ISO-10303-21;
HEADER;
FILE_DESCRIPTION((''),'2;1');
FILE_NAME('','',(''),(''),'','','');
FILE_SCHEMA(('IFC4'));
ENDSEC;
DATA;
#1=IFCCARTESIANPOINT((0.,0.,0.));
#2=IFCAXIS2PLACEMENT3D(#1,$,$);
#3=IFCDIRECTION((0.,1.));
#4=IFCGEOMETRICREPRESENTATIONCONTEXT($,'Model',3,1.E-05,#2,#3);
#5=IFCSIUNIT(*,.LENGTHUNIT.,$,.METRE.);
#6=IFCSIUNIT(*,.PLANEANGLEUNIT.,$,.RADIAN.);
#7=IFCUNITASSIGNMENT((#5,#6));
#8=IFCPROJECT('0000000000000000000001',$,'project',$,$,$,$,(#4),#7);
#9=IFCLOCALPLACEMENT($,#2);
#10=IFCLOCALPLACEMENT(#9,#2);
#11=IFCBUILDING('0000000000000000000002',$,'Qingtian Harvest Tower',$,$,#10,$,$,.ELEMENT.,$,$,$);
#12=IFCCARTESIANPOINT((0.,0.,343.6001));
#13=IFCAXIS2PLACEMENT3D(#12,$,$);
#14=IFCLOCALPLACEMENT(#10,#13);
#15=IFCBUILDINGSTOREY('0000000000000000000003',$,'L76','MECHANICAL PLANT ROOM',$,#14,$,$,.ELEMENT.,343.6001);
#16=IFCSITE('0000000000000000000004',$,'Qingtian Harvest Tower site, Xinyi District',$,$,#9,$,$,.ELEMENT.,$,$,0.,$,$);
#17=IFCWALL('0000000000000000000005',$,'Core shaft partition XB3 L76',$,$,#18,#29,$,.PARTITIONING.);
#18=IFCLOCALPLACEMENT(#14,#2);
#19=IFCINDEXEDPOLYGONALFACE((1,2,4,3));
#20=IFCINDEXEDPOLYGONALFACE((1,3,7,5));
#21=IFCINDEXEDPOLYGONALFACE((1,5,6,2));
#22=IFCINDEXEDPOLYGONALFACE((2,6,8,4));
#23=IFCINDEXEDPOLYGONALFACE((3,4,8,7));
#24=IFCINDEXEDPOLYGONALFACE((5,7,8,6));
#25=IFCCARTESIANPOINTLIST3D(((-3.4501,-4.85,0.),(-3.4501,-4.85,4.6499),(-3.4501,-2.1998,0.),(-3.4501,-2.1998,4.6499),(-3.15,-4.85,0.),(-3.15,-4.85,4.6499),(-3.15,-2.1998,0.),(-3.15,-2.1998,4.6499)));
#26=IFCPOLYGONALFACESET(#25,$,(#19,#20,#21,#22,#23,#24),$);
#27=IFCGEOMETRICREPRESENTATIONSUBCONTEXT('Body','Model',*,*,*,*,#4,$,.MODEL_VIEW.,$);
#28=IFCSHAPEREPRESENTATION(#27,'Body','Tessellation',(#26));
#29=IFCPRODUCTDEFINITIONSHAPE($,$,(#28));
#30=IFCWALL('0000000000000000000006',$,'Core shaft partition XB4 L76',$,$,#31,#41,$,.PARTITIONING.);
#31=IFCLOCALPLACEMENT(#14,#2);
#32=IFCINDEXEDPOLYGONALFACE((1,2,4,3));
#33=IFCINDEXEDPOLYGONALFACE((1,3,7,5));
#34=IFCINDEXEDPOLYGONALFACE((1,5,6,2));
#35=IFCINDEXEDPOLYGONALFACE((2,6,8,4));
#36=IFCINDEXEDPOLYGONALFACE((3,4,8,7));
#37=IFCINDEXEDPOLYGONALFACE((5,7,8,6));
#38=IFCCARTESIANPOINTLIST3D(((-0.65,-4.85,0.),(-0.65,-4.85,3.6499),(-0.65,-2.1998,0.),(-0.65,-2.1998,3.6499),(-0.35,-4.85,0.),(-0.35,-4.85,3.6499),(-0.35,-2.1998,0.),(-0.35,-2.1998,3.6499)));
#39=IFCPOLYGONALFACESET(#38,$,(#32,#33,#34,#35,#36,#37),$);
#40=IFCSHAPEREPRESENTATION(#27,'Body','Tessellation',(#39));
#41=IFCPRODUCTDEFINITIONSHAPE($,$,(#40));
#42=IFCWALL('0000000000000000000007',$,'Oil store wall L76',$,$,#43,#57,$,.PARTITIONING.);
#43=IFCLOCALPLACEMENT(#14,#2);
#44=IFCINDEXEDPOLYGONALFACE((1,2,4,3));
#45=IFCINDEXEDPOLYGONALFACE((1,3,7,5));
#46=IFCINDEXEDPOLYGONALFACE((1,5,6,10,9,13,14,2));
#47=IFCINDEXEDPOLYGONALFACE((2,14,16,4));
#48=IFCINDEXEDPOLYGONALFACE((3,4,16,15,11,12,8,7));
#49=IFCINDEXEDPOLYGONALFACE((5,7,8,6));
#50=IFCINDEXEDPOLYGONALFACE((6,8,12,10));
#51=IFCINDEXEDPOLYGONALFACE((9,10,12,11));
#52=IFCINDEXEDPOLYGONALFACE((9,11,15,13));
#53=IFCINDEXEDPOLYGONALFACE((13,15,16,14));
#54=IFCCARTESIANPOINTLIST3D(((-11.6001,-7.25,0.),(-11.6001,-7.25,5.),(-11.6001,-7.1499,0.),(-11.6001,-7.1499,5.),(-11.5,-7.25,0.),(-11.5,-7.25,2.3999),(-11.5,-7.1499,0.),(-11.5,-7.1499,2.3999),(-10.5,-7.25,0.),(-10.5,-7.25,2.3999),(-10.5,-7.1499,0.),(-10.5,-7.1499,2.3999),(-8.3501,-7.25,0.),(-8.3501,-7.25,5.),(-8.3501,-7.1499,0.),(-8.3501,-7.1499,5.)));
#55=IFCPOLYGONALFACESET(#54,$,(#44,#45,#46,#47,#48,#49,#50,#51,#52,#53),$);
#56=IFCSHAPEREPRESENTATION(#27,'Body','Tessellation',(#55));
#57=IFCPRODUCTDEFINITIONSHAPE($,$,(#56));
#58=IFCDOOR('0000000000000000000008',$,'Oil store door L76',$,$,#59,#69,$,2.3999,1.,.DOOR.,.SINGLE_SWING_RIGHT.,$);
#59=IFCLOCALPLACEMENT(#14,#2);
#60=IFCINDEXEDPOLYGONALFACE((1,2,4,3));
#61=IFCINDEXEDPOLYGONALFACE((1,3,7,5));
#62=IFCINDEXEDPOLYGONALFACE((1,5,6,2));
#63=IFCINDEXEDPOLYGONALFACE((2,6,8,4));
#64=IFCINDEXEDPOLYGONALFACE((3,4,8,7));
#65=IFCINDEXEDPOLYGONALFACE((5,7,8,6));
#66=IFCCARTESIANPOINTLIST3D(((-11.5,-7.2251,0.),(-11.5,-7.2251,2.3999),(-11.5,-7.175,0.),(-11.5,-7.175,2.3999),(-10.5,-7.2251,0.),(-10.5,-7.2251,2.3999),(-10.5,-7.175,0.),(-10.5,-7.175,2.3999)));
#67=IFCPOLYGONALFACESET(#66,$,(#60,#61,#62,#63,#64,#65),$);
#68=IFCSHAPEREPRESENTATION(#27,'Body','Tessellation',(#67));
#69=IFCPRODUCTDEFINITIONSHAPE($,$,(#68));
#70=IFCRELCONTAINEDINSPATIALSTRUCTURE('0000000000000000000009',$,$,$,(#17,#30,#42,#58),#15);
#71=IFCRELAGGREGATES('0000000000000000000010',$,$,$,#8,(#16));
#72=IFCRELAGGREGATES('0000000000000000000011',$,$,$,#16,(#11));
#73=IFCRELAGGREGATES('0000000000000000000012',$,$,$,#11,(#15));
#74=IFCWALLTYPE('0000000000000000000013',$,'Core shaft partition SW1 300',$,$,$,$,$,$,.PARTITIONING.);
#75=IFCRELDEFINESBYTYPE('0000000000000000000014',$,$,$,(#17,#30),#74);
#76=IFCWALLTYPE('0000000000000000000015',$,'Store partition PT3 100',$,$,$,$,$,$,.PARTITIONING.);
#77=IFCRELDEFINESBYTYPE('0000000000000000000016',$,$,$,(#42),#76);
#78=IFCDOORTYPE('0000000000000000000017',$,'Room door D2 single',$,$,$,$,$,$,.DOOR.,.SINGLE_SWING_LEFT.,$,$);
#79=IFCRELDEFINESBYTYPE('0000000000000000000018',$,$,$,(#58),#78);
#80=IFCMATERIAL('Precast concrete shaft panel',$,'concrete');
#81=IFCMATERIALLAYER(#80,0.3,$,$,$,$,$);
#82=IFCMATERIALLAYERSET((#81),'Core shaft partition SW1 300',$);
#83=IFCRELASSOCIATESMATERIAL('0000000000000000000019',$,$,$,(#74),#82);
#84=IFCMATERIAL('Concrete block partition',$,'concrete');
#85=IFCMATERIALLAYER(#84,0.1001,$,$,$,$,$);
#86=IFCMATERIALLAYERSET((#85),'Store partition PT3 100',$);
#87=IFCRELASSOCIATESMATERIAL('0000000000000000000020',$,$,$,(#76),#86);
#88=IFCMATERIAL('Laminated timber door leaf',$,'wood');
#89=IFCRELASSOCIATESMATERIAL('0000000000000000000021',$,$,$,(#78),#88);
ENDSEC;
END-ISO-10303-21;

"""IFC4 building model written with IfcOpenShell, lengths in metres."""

from ifc_helpers import new_model, si_unit, direction, frame, frame_2d, origin, place, context, subcontext, project, spatial, rectangle, extrude, material, layer, layer_set, type_object, element, fill, save


model = new_model("IFC4")

# Units and contexts
model_context = context("Model", 3, precision=1e-05, world=origin(), true_north=direction((0.0, 1.0)))
body_context = subcontext(model_context, "Body", "Model", "MODEL_VIEW")
ifc_project = project(units=[si_unit("LENGTHUNIT", "METRE"), si_unit("PLANEANGLEUNIT", "RADIAN")], contexts=[model_context])

# Site, building, storey
site_placement = place(None, origin())
site = spatial("IfcSite", under=ifc_project, at=site_placement, Name="Qingtian Harvest Tower site, Xinyi District", CompositionType="ELEMENT", RefElevation=0.0)
building_placement = place(site_placement, origin())
building = spatial("IfcBuilding", under=site, at=building_placement, Name="Qingtian Harvest Tower", CompositionType="ELEMENT")
storey_placement = place(building_placement, frame((0.0, 0.0, 343.6001)))
storey = spatial("IfcBuildingStorey", under=building, at=storey_placement, Name="L76", Description="MECHANICAL PLANT ROOM", CompositionType="ELEMENT", Elevation=343.6001)

# Walls
ifc_material_1 = material(Name="Precast concrete shaft panel", Category="concrete")
ifc_layer_1 = layer(ifc_material_1, 0.3)
ifc_layer_set_1 = layer_set([ifc_layer_1], Name="Core shaft partition SW1 300")
wall_type_1 = type_object("IfcWallType", Name="Core shaft partition SW1 300", PredefinedType="PARTITIONING", material=ifc_layer_set_1)
for number, where, z_axis, x_axis, name in (
    (1, (-3.3, -4.8501, 0.0), (0.0, 0.0, 1.0), (0.0, 1.0, 0.0), "Core shaft partition XB3 L76"),
):
    element("IfcWall", number, at=place(storey_placement, frame(where, z_axis=z_axis, x_axis=x_axis)), inside=storey, type_object=wall_type_1, Name=name, PredefinedType="PARTITIONING", context=body_context, shape_type="SweptSolid", body=[
        extrude(rectangle(XDim=2.6501, YDim=0.3, at=frame_2d((1.3252, 0.0))), origin(), (0.0, 0.0, 1.0), 4.6499),
    ])
wall_1_placement = place(storey_placement, frame((-0.5, -4.8501, 0.0), z_axis=(0.0, 0.0, 1.0), x_axis=(0.0, 1.0, 0.0)))
element("IfcWall", 2, at=wall_1_placement, inside=storey, type_object=wall_type_1, Name="Core shaft partition XB4 L76", PredefinedType="PARTITIONING", context=body_context, shape_type="SweptSolid", body=[
    extrude(rectangle(XDim=2.6501, YDim=0.3, at=frame_2d((1.3252, 0.0))), origin(), (0.0, 0.0, 1.0), 3.6499),
])

# Wall, opening, door
ifc_material_2 = material(Name="Concrete block partition", Category="concrete")
ifc_layer_2 = layer(ifc_material_2, 0.1001)
ifc_layer_set_2 = layer_set([ifc_layer_2], Name="Store partition PT3 100")
wall_type_2 = type_object("IfcWallType", Name="Store partition PT3 100", PredefinedType="PARTITIONING", material=ifc_layer_set_2)
wall_2_placement = place(storey_placement, frame((-11.6001, -7.2, 0.0), z_axis=(0.0, 0.0, 1.0), x_axis=(1.0, 0.0, 0.0)))
wall_2 = element("IfcWall", 3, at=wall_2_placement, inside=storey, type_object=wall_type_2, Name="Oil store wall L76", PredefinedType="PARTITIONING", context=body_context, shape_type="SweptSolid", body=[
    extrude(rectangle(XDim=3.25, YDim=0.1001, at=frame_2d((1.625, 0.0))), origin(), (0.0, 0.0, 1.0), 5.0),
])
opening_1_placement = place(wall_2_placement, frame((0.1001, 0.0, 0.0)))
opening_1 = element("IfcOpeningElement", 4, at=opening_1_placement, cuts=wall_2, PredefinedType="OPENING", context=body_context, shape_type="SweptSolid", body=[
    extrude(rectangle(XDim=1.0, YDim=2.3999, at=frame_2d((0.5, 1.2))), frame((0.0, 0.0601, 0.0), z_axis=(0.0, -1.0, 0.0), x_axis=(1.0, 0.0, 0.0)), (0.0, 0.0, 1.0), 0.1201),
])
ifc_material_3 = material(Name="Laminated timber door leaf", Category="wood")
door_type_1 = type_object("IfcDoorType", Name="Room door D2 single", OperationType="SINGLE_SWING_LEFT", PredefinedType="DOOR", material=ifc_material_3)
door_1_placement = place(opening_1_placement, origin())
door_1 = element("IfcDoor", 5, at=door_1_placement, inside=storey, type_object=door_type_1, Name="Oil store door L76", OperationType="SINGLE_SWING_RIGHT", OverallHeight=2.3999, OverallWidth=1.0, PredefinedType="DOOR", context=body_context, shape_type="SweptSolid", body=[
    extrude(rectangle(XDim=1.0, YDim=2.3999, at=frame_2d((0.5, 1.2))), frame((0.0, 0.0249, 0.0), z_axis=(0.0, -1.0, 0.0), x_axis=(1.0, 0.0, 0.0)), (0.0, 0.0, 1.0), 0.05),
])
fill(opening_1, door_1)

save(model, "model.ifc")
